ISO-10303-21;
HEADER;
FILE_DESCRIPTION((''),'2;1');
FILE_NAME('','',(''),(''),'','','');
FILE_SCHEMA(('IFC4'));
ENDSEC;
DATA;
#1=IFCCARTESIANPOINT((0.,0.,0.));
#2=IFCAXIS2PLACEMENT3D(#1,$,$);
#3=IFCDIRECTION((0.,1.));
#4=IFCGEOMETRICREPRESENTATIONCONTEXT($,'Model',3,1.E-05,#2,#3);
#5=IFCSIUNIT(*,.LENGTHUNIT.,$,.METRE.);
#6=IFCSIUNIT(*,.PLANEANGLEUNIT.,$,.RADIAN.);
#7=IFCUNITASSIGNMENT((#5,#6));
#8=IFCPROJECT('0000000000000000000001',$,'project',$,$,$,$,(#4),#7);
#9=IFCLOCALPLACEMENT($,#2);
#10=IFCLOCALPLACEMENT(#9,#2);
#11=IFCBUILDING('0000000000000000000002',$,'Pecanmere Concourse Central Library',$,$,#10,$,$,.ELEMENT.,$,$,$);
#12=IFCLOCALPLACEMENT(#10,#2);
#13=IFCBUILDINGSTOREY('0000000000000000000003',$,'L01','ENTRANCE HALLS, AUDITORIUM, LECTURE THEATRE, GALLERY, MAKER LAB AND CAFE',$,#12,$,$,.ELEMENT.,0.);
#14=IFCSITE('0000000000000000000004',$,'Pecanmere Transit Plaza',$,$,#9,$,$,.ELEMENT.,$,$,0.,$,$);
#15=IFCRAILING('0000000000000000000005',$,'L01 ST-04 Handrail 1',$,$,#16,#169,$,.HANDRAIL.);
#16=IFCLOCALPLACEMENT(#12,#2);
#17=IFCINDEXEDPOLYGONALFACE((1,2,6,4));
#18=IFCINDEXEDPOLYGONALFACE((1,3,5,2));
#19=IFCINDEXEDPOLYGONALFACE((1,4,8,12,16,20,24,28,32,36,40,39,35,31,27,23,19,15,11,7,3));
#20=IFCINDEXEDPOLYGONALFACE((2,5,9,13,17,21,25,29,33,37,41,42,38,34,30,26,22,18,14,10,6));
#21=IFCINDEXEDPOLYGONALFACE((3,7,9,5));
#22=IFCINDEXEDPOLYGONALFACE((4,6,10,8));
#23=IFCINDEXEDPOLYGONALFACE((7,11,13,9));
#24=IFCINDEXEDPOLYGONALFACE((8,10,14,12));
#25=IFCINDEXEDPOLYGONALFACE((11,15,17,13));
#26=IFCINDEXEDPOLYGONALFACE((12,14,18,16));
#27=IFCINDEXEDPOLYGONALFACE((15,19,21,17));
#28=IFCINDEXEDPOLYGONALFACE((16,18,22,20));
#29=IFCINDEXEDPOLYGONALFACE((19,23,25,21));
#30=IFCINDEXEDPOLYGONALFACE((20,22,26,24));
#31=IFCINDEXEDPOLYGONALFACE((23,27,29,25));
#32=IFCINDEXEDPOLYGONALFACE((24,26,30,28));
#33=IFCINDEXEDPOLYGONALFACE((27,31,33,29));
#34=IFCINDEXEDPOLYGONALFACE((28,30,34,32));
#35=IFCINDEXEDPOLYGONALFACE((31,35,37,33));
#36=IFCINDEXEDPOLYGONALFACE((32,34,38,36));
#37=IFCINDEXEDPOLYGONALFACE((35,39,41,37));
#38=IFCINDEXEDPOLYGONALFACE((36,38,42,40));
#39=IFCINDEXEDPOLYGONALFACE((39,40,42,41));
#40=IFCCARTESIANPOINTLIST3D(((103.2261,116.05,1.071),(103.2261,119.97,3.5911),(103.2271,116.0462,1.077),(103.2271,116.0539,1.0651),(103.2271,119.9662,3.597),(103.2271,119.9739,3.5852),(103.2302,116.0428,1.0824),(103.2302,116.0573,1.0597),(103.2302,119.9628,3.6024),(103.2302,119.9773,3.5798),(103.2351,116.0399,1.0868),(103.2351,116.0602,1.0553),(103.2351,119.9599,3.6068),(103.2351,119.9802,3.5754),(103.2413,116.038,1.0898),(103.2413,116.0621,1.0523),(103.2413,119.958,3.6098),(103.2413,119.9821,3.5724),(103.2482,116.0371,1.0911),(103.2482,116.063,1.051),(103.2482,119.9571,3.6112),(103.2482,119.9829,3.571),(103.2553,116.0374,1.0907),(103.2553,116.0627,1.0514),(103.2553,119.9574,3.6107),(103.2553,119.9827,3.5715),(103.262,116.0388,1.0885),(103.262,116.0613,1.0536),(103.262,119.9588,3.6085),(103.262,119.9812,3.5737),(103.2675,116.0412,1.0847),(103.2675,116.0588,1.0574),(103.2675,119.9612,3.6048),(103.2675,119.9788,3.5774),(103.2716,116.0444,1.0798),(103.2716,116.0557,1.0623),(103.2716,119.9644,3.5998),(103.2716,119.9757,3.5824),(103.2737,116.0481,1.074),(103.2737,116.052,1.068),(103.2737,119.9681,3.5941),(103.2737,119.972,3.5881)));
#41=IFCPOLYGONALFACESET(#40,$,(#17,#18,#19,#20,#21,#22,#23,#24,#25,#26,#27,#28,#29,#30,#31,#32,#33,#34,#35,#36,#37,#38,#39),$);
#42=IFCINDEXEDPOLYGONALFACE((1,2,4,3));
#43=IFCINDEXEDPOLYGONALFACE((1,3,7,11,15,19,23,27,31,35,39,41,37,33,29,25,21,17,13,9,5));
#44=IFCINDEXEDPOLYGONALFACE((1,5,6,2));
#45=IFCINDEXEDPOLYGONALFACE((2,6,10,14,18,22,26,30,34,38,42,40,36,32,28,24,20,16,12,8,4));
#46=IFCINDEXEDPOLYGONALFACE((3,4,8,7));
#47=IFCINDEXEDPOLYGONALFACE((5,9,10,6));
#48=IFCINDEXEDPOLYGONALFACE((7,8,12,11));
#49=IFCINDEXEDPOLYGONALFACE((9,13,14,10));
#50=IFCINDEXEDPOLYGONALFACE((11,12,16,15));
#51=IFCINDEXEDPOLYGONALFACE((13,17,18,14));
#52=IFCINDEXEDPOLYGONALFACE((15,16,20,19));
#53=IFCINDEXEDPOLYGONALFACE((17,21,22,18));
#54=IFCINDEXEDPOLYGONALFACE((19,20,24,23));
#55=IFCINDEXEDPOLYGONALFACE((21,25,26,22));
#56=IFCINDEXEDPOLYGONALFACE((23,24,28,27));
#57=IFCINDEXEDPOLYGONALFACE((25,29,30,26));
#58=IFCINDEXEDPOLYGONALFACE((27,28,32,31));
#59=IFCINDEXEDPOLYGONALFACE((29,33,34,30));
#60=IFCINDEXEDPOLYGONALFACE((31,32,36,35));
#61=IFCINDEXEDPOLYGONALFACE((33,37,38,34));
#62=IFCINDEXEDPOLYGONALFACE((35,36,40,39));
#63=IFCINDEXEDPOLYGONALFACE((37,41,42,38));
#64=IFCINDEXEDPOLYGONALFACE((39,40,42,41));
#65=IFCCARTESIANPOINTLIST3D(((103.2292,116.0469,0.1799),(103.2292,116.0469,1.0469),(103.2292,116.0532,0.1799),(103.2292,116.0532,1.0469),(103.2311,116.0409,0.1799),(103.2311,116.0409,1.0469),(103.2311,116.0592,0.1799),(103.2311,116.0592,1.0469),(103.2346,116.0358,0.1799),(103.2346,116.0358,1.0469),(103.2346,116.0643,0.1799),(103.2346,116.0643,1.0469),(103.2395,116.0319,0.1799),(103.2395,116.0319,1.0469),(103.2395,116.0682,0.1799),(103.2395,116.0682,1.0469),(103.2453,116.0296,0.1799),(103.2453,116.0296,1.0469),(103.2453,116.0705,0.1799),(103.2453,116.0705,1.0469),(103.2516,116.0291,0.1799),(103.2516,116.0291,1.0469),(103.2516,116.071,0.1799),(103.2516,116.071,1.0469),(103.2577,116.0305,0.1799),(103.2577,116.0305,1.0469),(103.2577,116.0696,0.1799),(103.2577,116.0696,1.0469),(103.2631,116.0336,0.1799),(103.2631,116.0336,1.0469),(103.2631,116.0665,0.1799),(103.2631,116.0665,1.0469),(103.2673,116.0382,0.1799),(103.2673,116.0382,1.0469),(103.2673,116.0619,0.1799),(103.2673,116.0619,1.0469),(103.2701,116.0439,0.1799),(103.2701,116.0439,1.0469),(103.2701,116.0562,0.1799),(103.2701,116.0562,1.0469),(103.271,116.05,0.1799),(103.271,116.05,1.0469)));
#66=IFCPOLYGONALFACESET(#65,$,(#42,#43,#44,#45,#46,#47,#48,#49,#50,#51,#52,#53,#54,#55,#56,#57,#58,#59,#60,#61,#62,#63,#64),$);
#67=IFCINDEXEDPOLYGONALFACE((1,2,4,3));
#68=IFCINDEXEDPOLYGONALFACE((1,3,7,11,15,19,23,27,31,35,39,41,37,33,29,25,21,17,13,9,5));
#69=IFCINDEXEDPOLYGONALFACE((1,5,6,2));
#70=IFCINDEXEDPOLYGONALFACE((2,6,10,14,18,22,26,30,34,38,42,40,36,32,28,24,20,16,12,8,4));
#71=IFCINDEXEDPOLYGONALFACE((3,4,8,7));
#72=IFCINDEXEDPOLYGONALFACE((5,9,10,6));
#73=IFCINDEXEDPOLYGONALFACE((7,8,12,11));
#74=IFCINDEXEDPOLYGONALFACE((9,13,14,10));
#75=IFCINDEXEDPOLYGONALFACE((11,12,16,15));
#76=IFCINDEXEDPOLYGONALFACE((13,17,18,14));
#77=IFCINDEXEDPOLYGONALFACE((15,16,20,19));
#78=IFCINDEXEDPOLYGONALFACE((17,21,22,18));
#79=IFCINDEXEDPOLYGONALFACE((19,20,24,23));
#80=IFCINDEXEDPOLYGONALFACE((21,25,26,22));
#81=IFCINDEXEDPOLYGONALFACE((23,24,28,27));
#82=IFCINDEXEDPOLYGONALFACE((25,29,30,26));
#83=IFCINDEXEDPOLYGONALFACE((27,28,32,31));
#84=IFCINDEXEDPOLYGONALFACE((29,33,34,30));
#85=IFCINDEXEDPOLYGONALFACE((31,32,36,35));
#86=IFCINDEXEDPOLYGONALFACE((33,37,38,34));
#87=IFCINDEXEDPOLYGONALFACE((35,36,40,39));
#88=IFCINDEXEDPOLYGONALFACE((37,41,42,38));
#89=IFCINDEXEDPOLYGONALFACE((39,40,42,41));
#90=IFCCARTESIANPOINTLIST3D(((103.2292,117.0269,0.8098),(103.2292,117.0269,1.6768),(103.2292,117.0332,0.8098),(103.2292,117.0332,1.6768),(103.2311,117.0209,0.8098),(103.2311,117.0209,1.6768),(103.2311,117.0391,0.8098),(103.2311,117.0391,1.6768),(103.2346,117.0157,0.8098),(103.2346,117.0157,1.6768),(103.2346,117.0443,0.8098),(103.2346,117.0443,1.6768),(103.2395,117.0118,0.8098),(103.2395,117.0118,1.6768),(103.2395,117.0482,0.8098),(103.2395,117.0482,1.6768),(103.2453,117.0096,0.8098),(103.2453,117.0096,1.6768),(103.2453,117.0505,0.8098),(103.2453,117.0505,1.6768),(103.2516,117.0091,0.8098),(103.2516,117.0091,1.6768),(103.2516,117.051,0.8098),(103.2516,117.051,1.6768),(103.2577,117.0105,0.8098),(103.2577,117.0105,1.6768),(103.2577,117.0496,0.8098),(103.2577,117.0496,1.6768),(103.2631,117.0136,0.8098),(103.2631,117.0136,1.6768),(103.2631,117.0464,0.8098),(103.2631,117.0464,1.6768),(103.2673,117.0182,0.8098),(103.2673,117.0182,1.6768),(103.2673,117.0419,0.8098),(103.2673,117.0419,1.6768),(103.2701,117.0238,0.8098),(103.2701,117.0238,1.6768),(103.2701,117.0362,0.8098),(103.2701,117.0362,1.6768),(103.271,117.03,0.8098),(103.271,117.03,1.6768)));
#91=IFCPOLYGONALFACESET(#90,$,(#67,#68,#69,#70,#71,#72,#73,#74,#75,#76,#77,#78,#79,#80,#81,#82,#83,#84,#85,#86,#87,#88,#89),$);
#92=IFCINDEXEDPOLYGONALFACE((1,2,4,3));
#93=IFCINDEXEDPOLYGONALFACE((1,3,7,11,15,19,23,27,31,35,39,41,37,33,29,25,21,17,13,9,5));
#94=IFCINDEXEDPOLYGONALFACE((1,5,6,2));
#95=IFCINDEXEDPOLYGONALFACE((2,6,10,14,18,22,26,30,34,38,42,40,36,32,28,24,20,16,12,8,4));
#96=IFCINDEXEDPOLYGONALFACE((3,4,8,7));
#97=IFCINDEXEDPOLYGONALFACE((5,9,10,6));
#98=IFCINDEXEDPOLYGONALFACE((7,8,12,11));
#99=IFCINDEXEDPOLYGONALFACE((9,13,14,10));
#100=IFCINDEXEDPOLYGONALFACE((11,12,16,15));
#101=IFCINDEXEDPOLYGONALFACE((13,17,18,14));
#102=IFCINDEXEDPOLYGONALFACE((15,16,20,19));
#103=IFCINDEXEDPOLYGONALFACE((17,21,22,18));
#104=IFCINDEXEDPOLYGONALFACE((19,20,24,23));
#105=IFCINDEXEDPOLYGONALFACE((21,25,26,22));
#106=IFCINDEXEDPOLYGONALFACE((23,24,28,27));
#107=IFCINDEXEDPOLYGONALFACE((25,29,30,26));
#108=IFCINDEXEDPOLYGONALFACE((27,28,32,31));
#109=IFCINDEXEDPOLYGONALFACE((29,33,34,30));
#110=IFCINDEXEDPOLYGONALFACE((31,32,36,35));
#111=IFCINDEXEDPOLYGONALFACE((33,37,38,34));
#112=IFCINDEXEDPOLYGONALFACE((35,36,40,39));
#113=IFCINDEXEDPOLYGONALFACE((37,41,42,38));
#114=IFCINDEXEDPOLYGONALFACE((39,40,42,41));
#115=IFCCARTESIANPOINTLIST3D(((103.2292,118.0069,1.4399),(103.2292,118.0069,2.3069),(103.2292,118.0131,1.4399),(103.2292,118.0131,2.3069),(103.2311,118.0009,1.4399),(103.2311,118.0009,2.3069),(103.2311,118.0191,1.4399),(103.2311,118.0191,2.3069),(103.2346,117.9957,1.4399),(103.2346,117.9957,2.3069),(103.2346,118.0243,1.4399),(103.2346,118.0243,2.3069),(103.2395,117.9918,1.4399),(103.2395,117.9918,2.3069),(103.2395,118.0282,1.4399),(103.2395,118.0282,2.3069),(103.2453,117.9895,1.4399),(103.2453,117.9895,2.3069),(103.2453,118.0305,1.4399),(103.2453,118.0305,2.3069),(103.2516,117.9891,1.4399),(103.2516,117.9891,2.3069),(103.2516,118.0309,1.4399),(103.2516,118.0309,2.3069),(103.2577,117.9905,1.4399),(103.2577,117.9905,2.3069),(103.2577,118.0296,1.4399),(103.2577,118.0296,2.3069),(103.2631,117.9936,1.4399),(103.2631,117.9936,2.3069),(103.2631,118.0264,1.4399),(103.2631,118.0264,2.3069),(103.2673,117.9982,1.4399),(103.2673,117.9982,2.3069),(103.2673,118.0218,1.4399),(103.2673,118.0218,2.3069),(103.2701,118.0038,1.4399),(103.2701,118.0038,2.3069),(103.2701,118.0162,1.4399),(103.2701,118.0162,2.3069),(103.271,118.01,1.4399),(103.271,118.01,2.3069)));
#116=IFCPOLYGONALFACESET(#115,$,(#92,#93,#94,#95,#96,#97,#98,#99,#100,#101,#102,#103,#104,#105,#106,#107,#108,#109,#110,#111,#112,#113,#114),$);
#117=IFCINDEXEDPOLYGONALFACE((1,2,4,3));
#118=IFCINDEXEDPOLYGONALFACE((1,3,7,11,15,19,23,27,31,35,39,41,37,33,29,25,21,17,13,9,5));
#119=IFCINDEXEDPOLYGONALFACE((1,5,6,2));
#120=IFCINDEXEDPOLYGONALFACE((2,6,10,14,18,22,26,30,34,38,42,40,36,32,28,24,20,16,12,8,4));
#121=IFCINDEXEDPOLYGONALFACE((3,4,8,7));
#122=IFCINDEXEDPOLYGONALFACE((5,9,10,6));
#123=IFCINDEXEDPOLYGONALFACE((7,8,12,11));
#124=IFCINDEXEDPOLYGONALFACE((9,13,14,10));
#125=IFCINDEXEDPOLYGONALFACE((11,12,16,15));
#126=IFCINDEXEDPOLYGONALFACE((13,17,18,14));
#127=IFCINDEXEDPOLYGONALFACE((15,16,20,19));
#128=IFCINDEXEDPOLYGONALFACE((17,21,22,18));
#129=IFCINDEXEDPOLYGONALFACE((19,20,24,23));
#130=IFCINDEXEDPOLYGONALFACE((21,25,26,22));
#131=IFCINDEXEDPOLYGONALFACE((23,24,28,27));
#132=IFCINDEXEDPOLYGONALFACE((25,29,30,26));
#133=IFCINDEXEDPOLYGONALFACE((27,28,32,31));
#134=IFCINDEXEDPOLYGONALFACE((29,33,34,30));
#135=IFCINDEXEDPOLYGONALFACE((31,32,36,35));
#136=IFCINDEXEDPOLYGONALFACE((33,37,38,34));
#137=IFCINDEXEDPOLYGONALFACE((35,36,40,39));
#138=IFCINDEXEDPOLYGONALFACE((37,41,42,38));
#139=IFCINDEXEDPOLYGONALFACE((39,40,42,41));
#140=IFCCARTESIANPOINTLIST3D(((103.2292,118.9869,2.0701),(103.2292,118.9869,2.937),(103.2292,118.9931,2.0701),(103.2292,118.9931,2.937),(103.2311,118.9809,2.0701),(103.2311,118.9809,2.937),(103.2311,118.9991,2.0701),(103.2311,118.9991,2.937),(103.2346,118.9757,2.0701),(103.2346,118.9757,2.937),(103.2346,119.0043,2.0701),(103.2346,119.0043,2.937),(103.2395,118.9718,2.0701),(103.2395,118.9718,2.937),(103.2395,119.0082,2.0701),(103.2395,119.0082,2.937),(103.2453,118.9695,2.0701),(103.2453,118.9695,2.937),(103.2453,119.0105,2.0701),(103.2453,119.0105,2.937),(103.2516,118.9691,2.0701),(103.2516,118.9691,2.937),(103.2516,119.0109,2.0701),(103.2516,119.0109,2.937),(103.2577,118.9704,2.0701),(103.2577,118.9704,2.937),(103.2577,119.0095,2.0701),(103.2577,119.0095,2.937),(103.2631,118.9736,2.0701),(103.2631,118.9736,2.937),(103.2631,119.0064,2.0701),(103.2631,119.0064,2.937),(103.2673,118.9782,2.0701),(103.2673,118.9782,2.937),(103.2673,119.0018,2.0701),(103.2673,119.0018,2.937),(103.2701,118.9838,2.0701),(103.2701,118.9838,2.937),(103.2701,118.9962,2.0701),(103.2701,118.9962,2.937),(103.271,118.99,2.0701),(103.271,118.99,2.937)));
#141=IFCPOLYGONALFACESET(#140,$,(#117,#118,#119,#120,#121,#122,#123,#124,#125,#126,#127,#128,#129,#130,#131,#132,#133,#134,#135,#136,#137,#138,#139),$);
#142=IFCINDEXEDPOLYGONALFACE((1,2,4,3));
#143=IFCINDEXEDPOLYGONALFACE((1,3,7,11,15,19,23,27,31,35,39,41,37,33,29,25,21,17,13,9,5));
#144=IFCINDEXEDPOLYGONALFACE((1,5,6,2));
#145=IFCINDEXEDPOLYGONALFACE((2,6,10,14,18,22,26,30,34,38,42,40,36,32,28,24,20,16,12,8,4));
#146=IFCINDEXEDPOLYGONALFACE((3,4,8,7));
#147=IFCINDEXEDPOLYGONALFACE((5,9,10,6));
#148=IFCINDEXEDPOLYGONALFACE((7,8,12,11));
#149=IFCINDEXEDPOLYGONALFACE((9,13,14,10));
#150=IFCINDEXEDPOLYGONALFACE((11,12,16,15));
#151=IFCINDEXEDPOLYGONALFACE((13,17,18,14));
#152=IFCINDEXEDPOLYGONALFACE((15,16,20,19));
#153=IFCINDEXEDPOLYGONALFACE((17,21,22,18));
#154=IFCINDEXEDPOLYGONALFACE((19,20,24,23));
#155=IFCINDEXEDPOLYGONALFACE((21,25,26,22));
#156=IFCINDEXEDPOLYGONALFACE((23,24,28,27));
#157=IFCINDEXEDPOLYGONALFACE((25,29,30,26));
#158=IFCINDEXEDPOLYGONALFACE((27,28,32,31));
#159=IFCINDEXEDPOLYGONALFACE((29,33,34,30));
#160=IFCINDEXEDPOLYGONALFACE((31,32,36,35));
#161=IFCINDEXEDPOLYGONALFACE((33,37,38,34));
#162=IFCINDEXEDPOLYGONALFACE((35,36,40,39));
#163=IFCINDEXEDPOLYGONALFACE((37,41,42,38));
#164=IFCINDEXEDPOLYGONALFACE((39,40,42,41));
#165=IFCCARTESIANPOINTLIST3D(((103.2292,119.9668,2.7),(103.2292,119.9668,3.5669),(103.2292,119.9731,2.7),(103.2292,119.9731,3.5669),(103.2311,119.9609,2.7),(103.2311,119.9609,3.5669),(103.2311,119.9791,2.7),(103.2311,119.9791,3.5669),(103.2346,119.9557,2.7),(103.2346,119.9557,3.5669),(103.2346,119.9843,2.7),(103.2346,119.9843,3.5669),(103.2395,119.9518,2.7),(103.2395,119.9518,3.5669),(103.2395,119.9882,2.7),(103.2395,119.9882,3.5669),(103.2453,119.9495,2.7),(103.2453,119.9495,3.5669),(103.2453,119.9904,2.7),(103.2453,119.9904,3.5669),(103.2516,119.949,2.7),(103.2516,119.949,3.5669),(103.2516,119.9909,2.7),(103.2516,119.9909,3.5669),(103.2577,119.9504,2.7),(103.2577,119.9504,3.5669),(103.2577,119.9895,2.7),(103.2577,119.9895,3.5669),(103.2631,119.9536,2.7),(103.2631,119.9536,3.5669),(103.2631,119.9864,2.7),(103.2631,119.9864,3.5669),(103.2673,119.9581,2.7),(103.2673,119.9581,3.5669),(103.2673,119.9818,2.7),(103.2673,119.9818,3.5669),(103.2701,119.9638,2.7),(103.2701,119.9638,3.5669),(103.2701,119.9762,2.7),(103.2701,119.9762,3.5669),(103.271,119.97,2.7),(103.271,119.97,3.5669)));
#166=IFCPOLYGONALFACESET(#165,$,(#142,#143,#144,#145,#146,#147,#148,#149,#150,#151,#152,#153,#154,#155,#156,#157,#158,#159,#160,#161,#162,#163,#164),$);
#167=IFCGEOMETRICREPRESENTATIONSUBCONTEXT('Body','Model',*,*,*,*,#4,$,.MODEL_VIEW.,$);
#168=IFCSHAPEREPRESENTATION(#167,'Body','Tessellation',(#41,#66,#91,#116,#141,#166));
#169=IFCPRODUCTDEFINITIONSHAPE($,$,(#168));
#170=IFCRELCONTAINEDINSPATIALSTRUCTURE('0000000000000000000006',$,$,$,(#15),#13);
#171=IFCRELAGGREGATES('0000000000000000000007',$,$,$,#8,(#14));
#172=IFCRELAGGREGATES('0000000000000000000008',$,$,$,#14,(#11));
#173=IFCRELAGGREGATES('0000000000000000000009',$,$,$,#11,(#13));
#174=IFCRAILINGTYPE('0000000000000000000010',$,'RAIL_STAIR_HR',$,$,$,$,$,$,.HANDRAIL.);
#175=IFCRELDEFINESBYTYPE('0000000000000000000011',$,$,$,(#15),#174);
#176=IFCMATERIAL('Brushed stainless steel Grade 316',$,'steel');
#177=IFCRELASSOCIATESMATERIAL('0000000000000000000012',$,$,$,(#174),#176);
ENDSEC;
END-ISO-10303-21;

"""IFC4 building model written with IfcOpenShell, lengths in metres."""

from ifc_helpers import new_model, si_unit, direction, frame, origin, origin_2d, place, context, subcontext, project, spatial, circle, extrude, material, type_object, element, save


model = new_model("IFC4")

# Units and contexts
model_context = context("Model", 3, precision=1e-05, world=origin(), true_north=direction((0.0, 1.0)))
body_context = subcontext(model_context, "Body", "Model", "MODEL_VIEW")
ifc_project = project(units=[si_unit("LENGTHUNIT", "METRE"), si_unit("PLANEANGLEUNIT", "RADIAN")], contexts=[model_context])

# Site, building, storey
site_placement = place(None, origin())
site = spatial("IfcSite", under=ifc_project, at=site_placement, Name="Pecanmere Transit Plaza", CompositionType="ELEMENT", RefElevation=0.0)
building_placement = place(site_placement, origin())
building = spatial("IfcBuilding", under=site, at=building_placement, Name="Pecanmere Concourse Central Library", CompositionType="ELEMENT")
storey_placement = place(building_placement, origin())
storey = spatial("IfcBuildingStorey", under=building, at=storey_placement, Name="L01", Description="ENTRANCE HALLS, AUDITORIUM, LECTURE THEATRE, GALLERY, MAKER LAB AND CAFE", CompositionType="ELEMENT", Elevation=0.0)

# Railing
ifc_material_1 = material(Name="Brushed stainless steel Grade 316", Category="steel")
railing_type_1 = type_object("IfcRailingType", Name="RAIL_STAIR_HR", PredefinedType="HANDRAIL", material=ifc_material_1)
railing_1_placement = place(storey_placement, frame((103.25, 116.05, 0.1799)))
element("IfcRailing", 1, at=railing_1_placement, inside=storey, type_object=railing_type_1, Name="L01 ST-04 Handrail 1", PredefinedType="HANDRAIL", context=body_context, shape_type="SweptSolid", body=[
    extrude(circle(Radius=0.0239, at=origin_2d()), frame((0.0, 0.0, 0.8911), z_axis=(0.0, 0.841172, 0.540768), x_axis=(-1.0, 0.0, 0.0)), (0.0, 0.0, 1.0), 4.6602),
    extrude(circle(Radius=0.021, at=origin_2d()), origin(), (0.0, 0.0, 1.0), 0.8669),
    extrude(circle(Radius=0.021, at=origin_2d()), frame((0.0, 0.98, 0.6299)), (0.0, 0.0, 1.0), 0.8669),
    extrude(circle(Radius=0.021, at=origin_2d()), frame((0.0, 1.96, 1.26)), (0.0, 0.0, 1.0), 0.8669),
    extrude(circle(Radius=0.021, at=origin_2d()), frame((0.0, 2.9399, 1.8901)), (0.0, 0.0, 1.0), 0.8669),
    extrude(circle(Radius=0.021, at=origin_2d()), frame((0.0, 3.9199, 2.52)), (0.0, 0.0, 1.0), 0.8669),
])

save(model, "model.ifc")
